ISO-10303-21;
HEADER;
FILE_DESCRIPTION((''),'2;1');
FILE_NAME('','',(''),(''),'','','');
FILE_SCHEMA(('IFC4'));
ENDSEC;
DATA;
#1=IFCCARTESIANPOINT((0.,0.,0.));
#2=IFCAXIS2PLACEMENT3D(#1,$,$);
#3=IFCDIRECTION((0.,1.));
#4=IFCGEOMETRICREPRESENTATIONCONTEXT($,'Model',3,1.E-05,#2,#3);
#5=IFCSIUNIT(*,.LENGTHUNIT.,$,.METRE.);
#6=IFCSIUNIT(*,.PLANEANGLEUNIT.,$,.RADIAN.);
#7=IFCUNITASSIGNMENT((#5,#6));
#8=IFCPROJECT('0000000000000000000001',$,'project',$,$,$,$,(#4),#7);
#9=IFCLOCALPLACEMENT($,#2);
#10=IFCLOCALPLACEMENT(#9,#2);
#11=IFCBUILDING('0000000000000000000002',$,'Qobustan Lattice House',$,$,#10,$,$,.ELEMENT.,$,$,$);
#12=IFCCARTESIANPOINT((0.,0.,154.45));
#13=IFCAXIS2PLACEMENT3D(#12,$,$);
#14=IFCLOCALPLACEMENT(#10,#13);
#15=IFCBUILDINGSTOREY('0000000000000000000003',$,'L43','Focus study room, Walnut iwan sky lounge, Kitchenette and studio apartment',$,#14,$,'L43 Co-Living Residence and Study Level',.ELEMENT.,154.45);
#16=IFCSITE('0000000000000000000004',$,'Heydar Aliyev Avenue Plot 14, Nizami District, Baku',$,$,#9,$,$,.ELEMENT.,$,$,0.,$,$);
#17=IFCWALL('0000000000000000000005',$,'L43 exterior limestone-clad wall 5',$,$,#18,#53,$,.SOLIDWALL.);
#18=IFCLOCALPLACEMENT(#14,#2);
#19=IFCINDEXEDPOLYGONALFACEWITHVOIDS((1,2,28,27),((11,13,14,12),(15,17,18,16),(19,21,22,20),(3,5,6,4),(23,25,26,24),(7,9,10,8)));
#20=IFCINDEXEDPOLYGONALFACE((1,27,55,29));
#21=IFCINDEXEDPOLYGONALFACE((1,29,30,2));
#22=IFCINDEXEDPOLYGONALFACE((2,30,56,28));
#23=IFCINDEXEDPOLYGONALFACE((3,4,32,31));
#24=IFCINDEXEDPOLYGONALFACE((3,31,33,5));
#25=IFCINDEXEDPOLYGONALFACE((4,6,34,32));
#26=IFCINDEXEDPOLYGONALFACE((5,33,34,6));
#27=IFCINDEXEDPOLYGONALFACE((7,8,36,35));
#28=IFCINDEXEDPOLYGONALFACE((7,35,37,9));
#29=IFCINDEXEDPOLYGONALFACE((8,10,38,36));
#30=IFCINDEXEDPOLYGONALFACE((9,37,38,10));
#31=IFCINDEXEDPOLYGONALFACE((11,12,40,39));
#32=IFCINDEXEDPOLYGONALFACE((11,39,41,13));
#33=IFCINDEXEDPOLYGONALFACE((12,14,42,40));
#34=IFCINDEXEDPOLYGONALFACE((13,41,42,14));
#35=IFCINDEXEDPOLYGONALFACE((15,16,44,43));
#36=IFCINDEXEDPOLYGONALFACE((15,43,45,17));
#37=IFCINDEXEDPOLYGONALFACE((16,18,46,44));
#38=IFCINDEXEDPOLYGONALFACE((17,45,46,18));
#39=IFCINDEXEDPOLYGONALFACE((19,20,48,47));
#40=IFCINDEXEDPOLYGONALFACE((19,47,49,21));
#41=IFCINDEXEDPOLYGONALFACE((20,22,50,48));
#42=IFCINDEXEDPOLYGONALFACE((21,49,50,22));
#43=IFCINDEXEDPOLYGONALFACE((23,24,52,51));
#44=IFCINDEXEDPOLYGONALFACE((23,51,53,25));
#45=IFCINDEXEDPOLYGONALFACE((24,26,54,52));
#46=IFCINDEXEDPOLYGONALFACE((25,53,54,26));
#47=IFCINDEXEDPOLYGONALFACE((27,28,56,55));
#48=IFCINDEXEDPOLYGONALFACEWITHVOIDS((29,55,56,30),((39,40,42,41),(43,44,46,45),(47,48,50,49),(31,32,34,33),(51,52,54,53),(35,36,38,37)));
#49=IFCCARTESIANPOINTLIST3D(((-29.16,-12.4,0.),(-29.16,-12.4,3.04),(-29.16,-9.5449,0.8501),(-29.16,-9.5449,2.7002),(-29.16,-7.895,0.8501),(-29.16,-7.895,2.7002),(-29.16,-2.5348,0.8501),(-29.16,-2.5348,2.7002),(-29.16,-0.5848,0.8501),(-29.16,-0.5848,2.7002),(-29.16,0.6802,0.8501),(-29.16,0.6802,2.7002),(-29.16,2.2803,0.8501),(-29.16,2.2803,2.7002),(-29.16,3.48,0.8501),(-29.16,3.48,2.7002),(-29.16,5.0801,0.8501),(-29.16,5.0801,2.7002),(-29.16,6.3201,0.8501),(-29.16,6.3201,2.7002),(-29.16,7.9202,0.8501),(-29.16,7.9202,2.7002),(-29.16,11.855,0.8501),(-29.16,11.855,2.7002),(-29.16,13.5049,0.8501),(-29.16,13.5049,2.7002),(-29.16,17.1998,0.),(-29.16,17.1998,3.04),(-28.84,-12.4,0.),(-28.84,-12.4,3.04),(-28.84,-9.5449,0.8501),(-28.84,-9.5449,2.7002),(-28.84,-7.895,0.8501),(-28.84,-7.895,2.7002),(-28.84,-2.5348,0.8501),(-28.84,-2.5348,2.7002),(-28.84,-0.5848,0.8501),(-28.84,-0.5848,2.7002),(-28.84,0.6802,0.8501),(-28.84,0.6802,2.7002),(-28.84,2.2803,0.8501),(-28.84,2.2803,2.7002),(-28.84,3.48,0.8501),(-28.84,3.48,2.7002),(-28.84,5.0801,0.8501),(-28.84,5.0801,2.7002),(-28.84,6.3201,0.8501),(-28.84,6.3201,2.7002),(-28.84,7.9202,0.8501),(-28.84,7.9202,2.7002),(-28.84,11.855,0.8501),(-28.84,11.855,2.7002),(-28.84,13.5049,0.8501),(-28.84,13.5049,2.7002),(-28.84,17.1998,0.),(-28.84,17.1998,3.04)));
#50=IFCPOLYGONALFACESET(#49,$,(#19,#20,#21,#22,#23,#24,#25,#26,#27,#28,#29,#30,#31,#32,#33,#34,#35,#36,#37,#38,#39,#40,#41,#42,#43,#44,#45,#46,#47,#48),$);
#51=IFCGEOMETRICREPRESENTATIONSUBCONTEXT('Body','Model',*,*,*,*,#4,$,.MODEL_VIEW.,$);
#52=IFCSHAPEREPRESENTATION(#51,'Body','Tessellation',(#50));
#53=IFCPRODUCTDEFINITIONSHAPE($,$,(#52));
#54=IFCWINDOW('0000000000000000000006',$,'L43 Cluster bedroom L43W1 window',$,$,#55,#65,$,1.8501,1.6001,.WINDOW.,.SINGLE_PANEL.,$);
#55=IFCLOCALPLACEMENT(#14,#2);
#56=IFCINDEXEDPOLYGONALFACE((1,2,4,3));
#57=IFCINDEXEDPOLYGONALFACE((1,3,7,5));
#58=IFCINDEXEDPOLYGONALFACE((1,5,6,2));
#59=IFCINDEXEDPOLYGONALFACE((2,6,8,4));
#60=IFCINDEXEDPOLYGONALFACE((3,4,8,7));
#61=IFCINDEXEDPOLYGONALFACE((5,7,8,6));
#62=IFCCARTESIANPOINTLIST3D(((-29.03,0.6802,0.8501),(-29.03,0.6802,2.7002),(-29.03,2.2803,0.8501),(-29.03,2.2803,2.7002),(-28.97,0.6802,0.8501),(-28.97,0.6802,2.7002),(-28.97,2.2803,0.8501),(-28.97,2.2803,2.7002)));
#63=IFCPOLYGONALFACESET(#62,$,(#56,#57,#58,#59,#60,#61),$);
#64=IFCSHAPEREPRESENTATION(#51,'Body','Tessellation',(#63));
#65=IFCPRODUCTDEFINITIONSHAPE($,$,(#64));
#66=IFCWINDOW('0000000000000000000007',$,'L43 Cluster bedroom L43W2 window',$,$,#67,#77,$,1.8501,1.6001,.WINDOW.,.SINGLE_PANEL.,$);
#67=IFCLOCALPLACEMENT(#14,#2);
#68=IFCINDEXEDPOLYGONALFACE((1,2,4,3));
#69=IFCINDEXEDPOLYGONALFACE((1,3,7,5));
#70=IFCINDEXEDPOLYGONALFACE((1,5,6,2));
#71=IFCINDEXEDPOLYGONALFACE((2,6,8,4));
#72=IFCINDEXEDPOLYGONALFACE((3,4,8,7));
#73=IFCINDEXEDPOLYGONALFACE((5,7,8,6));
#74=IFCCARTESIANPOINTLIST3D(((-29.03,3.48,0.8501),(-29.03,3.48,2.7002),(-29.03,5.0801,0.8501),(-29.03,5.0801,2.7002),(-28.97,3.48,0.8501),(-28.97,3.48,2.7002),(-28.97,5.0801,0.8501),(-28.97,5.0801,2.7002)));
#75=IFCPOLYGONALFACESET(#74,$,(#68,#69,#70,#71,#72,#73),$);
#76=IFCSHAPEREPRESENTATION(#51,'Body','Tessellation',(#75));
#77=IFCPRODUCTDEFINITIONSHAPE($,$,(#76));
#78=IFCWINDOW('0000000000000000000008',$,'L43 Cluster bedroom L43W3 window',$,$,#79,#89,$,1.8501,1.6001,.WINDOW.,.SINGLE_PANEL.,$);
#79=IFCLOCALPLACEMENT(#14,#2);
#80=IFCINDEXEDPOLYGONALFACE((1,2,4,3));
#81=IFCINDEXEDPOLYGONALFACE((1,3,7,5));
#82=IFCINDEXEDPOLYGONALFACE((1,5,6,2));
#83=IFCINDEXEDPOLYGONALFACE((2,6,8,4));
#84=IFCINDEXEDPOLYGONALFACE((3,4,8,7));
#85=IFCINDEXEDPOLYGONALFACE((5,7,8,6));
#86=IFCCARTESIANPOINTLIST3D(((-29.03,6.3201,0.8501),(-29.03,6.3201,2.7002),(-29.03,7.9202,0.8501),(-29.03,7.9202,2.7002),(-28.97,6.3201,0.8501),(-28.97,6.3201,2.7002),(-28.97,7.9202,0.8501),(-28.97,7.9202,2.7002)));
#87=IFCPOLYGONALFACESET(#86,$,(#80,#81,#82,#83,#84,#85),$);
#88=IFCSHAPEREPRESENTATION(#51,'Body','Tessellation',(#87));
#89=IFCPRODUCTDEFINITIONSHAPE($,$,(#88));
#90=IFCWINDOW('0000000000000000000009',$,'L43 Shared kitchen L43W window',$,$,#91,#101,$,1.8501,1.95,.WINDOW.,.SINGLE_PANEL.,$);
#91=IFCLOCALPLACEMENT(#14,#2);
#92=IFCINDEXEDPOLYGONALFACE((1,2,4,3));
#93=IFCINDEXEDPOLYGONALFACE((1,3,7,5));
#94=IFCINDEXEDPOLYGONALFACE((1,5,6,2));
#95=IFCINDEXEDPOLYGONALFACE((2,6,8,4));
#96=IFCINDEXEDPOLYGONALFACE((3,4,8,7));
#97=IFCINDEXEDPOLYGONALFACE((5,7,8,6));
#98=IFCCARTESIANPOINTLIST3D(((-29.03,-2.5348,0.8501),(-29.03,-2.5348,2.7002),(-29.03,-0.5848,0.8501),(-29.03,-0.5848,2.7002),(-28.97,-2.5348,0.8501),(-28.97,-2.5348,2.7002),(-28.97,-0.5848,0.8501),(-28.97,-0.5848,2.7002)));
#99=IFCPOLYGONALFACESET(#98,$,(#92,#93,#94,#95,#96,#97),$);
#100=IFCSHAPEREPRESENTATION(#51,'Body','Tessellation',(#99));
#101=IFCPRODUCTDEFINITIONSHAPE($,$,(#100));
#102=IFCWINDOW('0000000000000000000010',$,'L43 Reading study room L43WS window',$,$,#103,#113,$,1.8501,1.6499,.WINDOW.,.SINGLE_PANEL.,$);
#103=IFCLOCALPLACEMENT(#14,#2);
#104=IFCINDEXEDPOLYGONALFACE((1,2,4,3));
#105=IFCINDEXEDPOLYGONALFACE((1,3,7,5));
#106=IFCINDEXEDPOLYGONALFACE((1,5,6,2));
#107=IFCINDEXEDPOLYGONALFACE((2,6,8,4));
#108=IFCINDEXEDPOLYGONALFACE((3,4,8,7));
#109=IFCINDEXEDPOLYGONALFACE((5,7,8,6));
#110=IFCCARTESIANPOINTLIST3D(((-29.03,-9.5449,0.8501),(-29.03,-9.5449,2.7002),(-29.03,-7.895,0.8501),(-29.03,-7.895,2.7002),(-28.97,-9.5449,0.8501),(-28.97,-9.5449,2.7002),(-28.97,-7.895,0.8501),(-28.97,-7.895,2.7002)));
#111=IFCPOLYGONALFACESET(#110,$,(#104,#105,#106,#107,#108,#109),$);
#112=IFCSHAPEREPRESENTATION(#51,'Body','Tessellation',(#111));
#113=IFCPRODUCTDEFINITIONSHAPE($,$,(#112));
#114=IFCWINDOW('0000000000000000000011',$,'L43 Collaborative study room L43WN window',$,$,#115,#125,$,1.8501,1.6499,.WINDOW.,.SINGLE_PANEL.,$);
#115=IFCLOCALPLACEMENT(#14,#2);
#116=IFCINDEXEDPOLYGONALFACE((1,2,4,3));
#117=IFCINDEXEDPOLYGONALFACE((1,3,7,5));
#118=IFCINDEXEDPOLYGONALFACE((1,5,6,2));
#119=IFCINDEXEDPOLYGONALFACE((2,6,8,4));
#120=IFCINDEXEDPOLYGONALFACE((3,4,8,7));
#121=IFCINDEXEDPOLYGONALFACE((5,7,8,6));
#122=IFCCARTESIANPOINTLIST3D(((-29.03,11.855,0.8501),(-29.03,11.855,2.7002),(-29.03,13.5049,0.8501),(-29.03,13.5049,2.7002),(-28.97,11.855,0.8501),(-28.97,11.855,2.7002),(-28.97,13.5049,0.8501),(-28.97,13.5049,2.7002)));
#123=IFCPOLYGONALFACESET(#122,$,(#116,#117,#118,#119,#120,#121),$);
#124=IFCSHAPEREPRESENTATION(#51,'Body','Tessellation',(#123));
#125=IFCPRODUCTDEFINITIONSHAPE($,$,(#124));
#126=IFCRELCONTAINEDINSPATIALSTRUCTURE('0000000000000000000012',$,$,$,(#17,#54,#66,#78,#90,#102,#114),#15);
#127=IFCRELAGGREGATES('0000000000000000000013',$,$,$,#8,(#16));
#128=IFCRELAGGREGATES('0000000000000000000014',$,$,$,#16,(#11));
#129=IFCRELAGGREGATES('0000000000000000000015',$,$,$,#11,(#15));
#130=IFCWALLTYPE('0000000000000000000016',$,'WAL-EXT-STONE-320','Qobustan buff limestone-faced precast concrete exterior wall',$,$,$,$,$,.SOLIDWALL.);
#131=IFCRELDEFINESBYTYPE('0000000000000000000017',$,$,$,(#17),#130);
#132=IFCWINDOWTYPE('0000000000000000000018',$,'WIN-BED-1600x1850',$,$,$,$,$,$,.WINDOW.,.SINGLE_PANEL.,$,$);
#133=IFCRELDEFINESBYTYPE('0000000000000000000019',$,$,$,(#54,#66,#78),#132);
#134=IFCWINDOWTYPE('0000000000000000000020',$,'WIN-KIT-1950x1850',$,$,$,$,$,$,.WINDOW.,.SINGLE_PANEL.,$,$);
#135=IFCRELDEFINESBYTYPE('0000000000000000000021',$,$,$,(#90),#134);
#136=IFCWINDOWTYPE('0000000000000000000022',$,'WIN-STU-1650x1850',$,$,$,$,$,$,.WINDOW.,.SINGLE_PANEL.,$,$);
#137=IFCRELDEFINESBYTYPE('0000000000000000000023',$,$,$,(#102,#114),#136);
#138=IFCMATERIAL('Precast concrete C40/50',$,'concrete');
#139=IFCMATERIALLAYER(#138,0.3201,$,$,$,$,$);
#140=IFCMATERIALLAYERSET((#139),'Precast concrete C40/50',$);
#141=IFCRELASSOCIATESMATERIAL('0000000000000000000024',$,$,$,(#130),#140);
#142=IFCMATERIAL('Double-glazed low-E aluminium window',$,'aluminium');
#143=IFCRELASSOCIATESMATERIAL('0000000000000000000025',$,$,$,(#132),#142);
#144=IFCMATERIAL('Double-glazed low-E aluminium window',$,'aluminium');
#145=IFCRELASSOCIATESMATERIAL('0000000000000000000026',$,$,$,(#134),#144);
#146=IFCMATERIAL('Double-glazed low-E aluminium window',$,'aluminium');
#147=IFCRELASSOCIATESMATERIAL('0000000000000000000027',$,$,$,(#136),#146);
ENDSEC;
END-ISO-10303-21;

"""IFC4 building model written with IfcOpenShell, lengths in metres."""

from ifc_helpers import new_model, si_unit, direction, frame, frame_2d, origin, place, context, subcontext, project, spatial, rectangle, extrude, material, layer, layer_set, type_object, element, fill, save


model = new_model("IFC4")

# Units and contexts
model_context = context("Model", 3, precision=1e-05, world=origin(), true_north=direction((0.0, 1.0)))
body_context = subcontext(model_context, "Body", "Model", "MODEL_VIEW")
ifc_project = project(units=[si_unit("LENGTHUNIT", "METRE"), si_unit("PLANEANGLEUNIT", "RADIAN")], contexts=[model_context])

# Site, building, storey
site_placement = place(None, origin())
site = spatial("IfcSite", under=ifc_project, at=site_placement, Name="Heydar Aliyev Avenue Plot 14, Nizami District, Baku", CompositionType="ELEMENT", RefElevation=0.0)
building_placement = place(site_placement, origin())
building = spatial("IfcBuilding", under=site, at=building_placement, Name="Qobustan Lattice House", CompositionType="ELEMENT")
storey_placement = place(building_placement, frame((0.0, 0.0, 154.45)))
storey = spatial("IfcBuildingStorey", under=building, at=storey_placement, Name="L43", Description="Focus study room, Walnut iwan sky lounge, Kitchenette and studio apartment", LongName="L43 Co-Living Residence and Study Level", CompositionType="ELEMENT", Elevation=154.45)

# Shared definitions
ifc_material_1 = material(Name="Precast concrete C40/50", Category="concrete")
ifc_layer_1 = layer(ifc_material_1, 0.3201)
ifc_layer_set_1 = layer_set([ifc_layer_1], Name="Precast concrete C40/50")
wall_type = type_object("IfcWallType", Name="WAL-EXT-STONE-320", Description="Qobustan buff limestone-faced precast concrete exterior wall", PredefinedType="SOLIDWALL", material=ifc_layer_set_1)

# Wall, openings, windows
wall_1_placement = place(storey_placement, frame((-29.0, -12.3999, 0.0), z_axis=(0.0, 0.0, 1.0), x_axis=(0.0, 1.0, 0.0)))
wall_1 = element("IfcWall", 1, at=wall_1_placement, inside=storey, type_object=wall_type, Name="L43 exterior limestone-clad wall 5", PredefinedType="SOLIDWALL", context=body_context, shape_type="SweptSolid", body=[
    extrude(rectangle(XDim=29.5999, YDim=0.3201, at=frame_2d((14.7998, 0.0))), origin(), (0.0, 0.0, 1.0), 3.04),
])
opening_1_placement = place(wall_1_placement, frame((2.855, 0.0, 0.8501)))
opening_1 = element("IfcOpeningElement", 2, at=opening_1_placement, cuts=wall_1, PredefinedType="OPENING", context=body_context, shape_type="SweptSolid", body=[
    extrude(rectangle(XDim=1.6499, YDim=1.8501, at=frame_2d((0.825, 0.925))), frame((0.0, 0.1699, 0.0), z_axis=(0.0, -1.0, 0.0), x_axis=(1.0, 0.0, 0.0)), (0.0, 0.0, 1.0), 0.3401),
])
opening_2_placement = place(wall_1_placement, frame((9.865, 0.0, 0.8501)))
opening_2 = element("IfcOpeningElement", 3, at=opening_2_placement, cuts=wall_1, PredefinedType="OPENING", context=body_context, shape_type="SweptSolid", body=[
    extrude(rectangle(XDim=1.95, YDim=1.8501, at=frame_2d((0.9751, 0.925))), frame((0.0, 0.1699, 0.0), z_axis=(0.0, -1.0, 0.0), x_axis=(1.0, 0.0, 0.0)), (0.0, 0.0, 1.0), 0.3401),
])
opening_3_placement = place(wall_1_placement, frame((13.0801, 0.0, 0.8501)))
opening_3 = element("IfcOpeningElement", 4, at=opening_3_placement, cuts=wall_1, PredefinedType="OPENING", context=body_context, shape_type="SweptSolid", body=[
    extrude(rectangle(XDim=1.6001, YDim=1.8501, at=frame_2d((0.8, 0.925))), frame((0.0, 0.1699, 0.0), z_axis=(0.0, -1.0, 0.0), x_axis=(1.0, 0.0, 0.0)), (0.0, 0.0, 1.0), 0.3401),
])
opening_4_placement = place(wall_1_placement, frame((15.8799, 0.0, 0.8501)))
opening_4 = element("IfcOpeningElement", 5, at=opening_4_placement, cuts=wall_1, PredefinedType="OPENING", context=body_context, shape_type="SweptSolid", body=[
    extrude(rectangle(XDim=1.6001, YDim=1.8501, at=frame_2d((0.8, 0.925))), frame((0.0, 0.1699, 0.0), z_axis=(0.0, -1.0, 0.0), x_axis=(1.0, 0.0, 0.0)), (0.0, 0.0, 1.0), 0.3401),
])
opening_5_placement = place(wall_1_placement, frame((18.72, 0.0, 0.8501)))
opening_5 = element("IfcOpeningElement", 6, at=opening_5_placement, cuts=wall_1, PredefinedType="OPENING", context=body_context, shape_type="SweptSolid", body=[
    extrude(rectangle(XDim=1.6001, YDim=1.8501, at=frame_2d((0.8, 0.925))), frame((0.0, 0.1699, 0.0), z_axis=(0.0, -1.0, 0.0), x_axis=(1.0, 0.0, 0.0)), (0.0, 0.0, 1.0), 0.3401),
])
opening_6_placement = place(wall_1_placement, frame((24.2549, 0.0, 0.8501)))
opening_6 = element("IfcOpeningElement", 7, at=opening_6_placement, cuts=wall_1, PredefinedType="OPENING", context=body_context, shape_type="SweptSolid", body=[
    extrude(rectangle(XDim=1.6499, YDim=1.8501, at=frame_2d((0.825, 0.925))), frame((0.0, 0.1699, 0.0), z_axis=(0.0, -1.0, 0.0), x_axis=(1.0, 0.0, 0.0)), (0.0, 0.0, 1.0), 0.3401),
])
ifc_material_2 = material(Name="Double-glazed low-E aluminium window", Category="aluminium")
window_type_1 = type_object("IfcWindowType", Name="WIN-BED-1600x1850", PartitioningType="SINGLE_PANEL", PredefinedType="WINDOW", material=ifc_material_2)
window_1_placement = place(opening_3_placement, origin())
window_1 = element("IfcWindow", 8, at=window_1_placement, inside=storey, type_object=window_type_1, Name="L43 Cluster bedroom L43W1 window", OverallHeight=1.8501, OverallWidth=1.6001, PartitioningType="SINGLE_PANEL", PredefinedType="WINDOW", context=body_context, shape_type="SweptSolid", body=[
    extrude(rectangle(XDim=1.6001, YDim=1.8501, at=frame_2d((0.8, 0.925))), frame((0.0, 0.03, 0.0), z_axis=(0.0, -1.0, 0.0), x_axis=(1.0, 0.0, 0.0)), (0.0, 0.0, 1.0), 0.0601),
])
fill(opening_3, window_1)
window_2_placement = place(opening_4_placement, origin())
window_2 = element("IfcWindow", 9, at=window_2_placement, inside=storey, type_object=window_type_1, Name="L43 Cluster bedroom L43W2 window", OverallHeight=1.8501, OverallWidth=1.6001, PartitioningType="SINGLE_PANEL", PredefinedType="WINDOW", context=body_context, shape_type="SweptSolid", body=[
    extrude(rectangle(XDim=1.6001, YDim=1.8501, at=frame_2d((0.8, 0.925))), frame((0.0, 0.03, 0.0), z_axis=(0.0, -1.0, 0.0), x_axis=(1.0, 0.0, 0.0)), (0.0, 0.0, 1.0), 0.0601),
])
fill(opening_4, window_2)
window_3_placement = place(opening_5_placement, origin())
window_3 = element("IfcWindow", 10, at=window_3_placement, inside=storey, type_object=window_type_1, Name="L43 Cluster bedroom L43W3 window", OverallHeight=1.8501, OverallWidth=1.6001, PartitioningType="SINGLE_PANEL", PredefinedType="WINDOW", context=body_context, shape_type="SweptSolid", body=[
    extrude(rectangle(XDim=1.6001, YDim=1.8501, at=frame_2d((0.8, 0.925))), frame((0.0, 0.03, 0.0), z_axis=(0.0, -1.0, 0.0), x_axis=(1.0, 0.0, 0.0)), (0.0, 0.0, 1.0), 0.0601),
])
fill(opening_5, window_3)
ifc_material_3 = material(Name="Double-glazed low-E aluminium window", Category="aluminium")
window_type_2 = type_object("IfcWindowType", Name="WIN-KIT-1950x1850", PartitioningType="SINGLE_PANEL", PredefinedType="WINDOW", material=ifc_material_3)
window_4_placement = place(opening_2_placement, origin())
window_4 = element("IfcWindow", 11, at=window_4_placement, inside=storey, type_object=window_type_2, Name="L43 Shared kitchen L43W window", OverallHeight=1.8501, OverallWidth=1.95, PartitioningType="SINGLE_PANEL", PredefinedType="WINDOW", context=body_context, shape_type="SweptSolid", body=[
    extrude(rectangle(XDim=1.95, YDim=1.8501, at=frame_2d((0.9751, 0.925))), frame((0.0, 0.03, 0.0), z_axis=(0.0, -1.0, 0.0), x_axis=(1.0, 0.0, 0.0)), (0.0, 0.0, 1.0), 0.0601),
])
fill(opening_2, window_4)
ifc_material_4 = material(Name="Double-glazed low-E aluminium window", Category="aluminium")
window_type_3 = type_object("IfcWindowType", Name="WIN-STU-1650x1850", PartitioningType="SINGLE_PANEL", PredefinedType="WINDOW", material=ifc_material_4)
window_5_placement = place(opening_1_placement, origin())
window_5 = element("IfcWindow", 12, at=window_5_placement, inside=storey, type_object=window_type_3, Name="L43 Reading study room L43WS window", OverallHeight=1.8501, OverallWidth=1.6499, PartitioningType="SINGLE_PANEL", PredefinedType="WINDOW", context=body_context, shape_type="SweptSolid", body=[
    extrude(rectangle(XDim=1.6499, YDim=1.8501, at=frame_2d((0.825, 0.925))), frame((0.0, 0.03, 0.0), z_axis=(0.0, -1.0, 0.0), x_axis=(1.0, 0.0, 0.0)), (0.0, 0.0, 1.0), 0.0601),
])
fill(opening_1, window_5)
window_6_placement = place(opening_6_placement, origin())
window_6 = element("IfcWindow", 13, at=window_6_placement, inside=storey, type_object=window_type_3, Name="L43 Collaborative study room L43WN window", OverallHeight=1.8501, OverallWidth=1.6499, PartitioningType="SINGLE_PANEL", PredefinedType="WINDOW", context=body_context, shape_type="SweptSolid", body=[
    extrude(rectangle(XDim=1.6499, YDim=1.8501, at=frame_2d((0.825, 0.925))), frame((0.0, 0.03, 0.0), z_axis=(0.0, -1.0, 0.0), x_axis=(1.0, 0.0, 0.0)), (0.0, 0.0, 1.0), 0.0601),
])
fill(opening_6, window_6)

save(model, "model.ifc")
